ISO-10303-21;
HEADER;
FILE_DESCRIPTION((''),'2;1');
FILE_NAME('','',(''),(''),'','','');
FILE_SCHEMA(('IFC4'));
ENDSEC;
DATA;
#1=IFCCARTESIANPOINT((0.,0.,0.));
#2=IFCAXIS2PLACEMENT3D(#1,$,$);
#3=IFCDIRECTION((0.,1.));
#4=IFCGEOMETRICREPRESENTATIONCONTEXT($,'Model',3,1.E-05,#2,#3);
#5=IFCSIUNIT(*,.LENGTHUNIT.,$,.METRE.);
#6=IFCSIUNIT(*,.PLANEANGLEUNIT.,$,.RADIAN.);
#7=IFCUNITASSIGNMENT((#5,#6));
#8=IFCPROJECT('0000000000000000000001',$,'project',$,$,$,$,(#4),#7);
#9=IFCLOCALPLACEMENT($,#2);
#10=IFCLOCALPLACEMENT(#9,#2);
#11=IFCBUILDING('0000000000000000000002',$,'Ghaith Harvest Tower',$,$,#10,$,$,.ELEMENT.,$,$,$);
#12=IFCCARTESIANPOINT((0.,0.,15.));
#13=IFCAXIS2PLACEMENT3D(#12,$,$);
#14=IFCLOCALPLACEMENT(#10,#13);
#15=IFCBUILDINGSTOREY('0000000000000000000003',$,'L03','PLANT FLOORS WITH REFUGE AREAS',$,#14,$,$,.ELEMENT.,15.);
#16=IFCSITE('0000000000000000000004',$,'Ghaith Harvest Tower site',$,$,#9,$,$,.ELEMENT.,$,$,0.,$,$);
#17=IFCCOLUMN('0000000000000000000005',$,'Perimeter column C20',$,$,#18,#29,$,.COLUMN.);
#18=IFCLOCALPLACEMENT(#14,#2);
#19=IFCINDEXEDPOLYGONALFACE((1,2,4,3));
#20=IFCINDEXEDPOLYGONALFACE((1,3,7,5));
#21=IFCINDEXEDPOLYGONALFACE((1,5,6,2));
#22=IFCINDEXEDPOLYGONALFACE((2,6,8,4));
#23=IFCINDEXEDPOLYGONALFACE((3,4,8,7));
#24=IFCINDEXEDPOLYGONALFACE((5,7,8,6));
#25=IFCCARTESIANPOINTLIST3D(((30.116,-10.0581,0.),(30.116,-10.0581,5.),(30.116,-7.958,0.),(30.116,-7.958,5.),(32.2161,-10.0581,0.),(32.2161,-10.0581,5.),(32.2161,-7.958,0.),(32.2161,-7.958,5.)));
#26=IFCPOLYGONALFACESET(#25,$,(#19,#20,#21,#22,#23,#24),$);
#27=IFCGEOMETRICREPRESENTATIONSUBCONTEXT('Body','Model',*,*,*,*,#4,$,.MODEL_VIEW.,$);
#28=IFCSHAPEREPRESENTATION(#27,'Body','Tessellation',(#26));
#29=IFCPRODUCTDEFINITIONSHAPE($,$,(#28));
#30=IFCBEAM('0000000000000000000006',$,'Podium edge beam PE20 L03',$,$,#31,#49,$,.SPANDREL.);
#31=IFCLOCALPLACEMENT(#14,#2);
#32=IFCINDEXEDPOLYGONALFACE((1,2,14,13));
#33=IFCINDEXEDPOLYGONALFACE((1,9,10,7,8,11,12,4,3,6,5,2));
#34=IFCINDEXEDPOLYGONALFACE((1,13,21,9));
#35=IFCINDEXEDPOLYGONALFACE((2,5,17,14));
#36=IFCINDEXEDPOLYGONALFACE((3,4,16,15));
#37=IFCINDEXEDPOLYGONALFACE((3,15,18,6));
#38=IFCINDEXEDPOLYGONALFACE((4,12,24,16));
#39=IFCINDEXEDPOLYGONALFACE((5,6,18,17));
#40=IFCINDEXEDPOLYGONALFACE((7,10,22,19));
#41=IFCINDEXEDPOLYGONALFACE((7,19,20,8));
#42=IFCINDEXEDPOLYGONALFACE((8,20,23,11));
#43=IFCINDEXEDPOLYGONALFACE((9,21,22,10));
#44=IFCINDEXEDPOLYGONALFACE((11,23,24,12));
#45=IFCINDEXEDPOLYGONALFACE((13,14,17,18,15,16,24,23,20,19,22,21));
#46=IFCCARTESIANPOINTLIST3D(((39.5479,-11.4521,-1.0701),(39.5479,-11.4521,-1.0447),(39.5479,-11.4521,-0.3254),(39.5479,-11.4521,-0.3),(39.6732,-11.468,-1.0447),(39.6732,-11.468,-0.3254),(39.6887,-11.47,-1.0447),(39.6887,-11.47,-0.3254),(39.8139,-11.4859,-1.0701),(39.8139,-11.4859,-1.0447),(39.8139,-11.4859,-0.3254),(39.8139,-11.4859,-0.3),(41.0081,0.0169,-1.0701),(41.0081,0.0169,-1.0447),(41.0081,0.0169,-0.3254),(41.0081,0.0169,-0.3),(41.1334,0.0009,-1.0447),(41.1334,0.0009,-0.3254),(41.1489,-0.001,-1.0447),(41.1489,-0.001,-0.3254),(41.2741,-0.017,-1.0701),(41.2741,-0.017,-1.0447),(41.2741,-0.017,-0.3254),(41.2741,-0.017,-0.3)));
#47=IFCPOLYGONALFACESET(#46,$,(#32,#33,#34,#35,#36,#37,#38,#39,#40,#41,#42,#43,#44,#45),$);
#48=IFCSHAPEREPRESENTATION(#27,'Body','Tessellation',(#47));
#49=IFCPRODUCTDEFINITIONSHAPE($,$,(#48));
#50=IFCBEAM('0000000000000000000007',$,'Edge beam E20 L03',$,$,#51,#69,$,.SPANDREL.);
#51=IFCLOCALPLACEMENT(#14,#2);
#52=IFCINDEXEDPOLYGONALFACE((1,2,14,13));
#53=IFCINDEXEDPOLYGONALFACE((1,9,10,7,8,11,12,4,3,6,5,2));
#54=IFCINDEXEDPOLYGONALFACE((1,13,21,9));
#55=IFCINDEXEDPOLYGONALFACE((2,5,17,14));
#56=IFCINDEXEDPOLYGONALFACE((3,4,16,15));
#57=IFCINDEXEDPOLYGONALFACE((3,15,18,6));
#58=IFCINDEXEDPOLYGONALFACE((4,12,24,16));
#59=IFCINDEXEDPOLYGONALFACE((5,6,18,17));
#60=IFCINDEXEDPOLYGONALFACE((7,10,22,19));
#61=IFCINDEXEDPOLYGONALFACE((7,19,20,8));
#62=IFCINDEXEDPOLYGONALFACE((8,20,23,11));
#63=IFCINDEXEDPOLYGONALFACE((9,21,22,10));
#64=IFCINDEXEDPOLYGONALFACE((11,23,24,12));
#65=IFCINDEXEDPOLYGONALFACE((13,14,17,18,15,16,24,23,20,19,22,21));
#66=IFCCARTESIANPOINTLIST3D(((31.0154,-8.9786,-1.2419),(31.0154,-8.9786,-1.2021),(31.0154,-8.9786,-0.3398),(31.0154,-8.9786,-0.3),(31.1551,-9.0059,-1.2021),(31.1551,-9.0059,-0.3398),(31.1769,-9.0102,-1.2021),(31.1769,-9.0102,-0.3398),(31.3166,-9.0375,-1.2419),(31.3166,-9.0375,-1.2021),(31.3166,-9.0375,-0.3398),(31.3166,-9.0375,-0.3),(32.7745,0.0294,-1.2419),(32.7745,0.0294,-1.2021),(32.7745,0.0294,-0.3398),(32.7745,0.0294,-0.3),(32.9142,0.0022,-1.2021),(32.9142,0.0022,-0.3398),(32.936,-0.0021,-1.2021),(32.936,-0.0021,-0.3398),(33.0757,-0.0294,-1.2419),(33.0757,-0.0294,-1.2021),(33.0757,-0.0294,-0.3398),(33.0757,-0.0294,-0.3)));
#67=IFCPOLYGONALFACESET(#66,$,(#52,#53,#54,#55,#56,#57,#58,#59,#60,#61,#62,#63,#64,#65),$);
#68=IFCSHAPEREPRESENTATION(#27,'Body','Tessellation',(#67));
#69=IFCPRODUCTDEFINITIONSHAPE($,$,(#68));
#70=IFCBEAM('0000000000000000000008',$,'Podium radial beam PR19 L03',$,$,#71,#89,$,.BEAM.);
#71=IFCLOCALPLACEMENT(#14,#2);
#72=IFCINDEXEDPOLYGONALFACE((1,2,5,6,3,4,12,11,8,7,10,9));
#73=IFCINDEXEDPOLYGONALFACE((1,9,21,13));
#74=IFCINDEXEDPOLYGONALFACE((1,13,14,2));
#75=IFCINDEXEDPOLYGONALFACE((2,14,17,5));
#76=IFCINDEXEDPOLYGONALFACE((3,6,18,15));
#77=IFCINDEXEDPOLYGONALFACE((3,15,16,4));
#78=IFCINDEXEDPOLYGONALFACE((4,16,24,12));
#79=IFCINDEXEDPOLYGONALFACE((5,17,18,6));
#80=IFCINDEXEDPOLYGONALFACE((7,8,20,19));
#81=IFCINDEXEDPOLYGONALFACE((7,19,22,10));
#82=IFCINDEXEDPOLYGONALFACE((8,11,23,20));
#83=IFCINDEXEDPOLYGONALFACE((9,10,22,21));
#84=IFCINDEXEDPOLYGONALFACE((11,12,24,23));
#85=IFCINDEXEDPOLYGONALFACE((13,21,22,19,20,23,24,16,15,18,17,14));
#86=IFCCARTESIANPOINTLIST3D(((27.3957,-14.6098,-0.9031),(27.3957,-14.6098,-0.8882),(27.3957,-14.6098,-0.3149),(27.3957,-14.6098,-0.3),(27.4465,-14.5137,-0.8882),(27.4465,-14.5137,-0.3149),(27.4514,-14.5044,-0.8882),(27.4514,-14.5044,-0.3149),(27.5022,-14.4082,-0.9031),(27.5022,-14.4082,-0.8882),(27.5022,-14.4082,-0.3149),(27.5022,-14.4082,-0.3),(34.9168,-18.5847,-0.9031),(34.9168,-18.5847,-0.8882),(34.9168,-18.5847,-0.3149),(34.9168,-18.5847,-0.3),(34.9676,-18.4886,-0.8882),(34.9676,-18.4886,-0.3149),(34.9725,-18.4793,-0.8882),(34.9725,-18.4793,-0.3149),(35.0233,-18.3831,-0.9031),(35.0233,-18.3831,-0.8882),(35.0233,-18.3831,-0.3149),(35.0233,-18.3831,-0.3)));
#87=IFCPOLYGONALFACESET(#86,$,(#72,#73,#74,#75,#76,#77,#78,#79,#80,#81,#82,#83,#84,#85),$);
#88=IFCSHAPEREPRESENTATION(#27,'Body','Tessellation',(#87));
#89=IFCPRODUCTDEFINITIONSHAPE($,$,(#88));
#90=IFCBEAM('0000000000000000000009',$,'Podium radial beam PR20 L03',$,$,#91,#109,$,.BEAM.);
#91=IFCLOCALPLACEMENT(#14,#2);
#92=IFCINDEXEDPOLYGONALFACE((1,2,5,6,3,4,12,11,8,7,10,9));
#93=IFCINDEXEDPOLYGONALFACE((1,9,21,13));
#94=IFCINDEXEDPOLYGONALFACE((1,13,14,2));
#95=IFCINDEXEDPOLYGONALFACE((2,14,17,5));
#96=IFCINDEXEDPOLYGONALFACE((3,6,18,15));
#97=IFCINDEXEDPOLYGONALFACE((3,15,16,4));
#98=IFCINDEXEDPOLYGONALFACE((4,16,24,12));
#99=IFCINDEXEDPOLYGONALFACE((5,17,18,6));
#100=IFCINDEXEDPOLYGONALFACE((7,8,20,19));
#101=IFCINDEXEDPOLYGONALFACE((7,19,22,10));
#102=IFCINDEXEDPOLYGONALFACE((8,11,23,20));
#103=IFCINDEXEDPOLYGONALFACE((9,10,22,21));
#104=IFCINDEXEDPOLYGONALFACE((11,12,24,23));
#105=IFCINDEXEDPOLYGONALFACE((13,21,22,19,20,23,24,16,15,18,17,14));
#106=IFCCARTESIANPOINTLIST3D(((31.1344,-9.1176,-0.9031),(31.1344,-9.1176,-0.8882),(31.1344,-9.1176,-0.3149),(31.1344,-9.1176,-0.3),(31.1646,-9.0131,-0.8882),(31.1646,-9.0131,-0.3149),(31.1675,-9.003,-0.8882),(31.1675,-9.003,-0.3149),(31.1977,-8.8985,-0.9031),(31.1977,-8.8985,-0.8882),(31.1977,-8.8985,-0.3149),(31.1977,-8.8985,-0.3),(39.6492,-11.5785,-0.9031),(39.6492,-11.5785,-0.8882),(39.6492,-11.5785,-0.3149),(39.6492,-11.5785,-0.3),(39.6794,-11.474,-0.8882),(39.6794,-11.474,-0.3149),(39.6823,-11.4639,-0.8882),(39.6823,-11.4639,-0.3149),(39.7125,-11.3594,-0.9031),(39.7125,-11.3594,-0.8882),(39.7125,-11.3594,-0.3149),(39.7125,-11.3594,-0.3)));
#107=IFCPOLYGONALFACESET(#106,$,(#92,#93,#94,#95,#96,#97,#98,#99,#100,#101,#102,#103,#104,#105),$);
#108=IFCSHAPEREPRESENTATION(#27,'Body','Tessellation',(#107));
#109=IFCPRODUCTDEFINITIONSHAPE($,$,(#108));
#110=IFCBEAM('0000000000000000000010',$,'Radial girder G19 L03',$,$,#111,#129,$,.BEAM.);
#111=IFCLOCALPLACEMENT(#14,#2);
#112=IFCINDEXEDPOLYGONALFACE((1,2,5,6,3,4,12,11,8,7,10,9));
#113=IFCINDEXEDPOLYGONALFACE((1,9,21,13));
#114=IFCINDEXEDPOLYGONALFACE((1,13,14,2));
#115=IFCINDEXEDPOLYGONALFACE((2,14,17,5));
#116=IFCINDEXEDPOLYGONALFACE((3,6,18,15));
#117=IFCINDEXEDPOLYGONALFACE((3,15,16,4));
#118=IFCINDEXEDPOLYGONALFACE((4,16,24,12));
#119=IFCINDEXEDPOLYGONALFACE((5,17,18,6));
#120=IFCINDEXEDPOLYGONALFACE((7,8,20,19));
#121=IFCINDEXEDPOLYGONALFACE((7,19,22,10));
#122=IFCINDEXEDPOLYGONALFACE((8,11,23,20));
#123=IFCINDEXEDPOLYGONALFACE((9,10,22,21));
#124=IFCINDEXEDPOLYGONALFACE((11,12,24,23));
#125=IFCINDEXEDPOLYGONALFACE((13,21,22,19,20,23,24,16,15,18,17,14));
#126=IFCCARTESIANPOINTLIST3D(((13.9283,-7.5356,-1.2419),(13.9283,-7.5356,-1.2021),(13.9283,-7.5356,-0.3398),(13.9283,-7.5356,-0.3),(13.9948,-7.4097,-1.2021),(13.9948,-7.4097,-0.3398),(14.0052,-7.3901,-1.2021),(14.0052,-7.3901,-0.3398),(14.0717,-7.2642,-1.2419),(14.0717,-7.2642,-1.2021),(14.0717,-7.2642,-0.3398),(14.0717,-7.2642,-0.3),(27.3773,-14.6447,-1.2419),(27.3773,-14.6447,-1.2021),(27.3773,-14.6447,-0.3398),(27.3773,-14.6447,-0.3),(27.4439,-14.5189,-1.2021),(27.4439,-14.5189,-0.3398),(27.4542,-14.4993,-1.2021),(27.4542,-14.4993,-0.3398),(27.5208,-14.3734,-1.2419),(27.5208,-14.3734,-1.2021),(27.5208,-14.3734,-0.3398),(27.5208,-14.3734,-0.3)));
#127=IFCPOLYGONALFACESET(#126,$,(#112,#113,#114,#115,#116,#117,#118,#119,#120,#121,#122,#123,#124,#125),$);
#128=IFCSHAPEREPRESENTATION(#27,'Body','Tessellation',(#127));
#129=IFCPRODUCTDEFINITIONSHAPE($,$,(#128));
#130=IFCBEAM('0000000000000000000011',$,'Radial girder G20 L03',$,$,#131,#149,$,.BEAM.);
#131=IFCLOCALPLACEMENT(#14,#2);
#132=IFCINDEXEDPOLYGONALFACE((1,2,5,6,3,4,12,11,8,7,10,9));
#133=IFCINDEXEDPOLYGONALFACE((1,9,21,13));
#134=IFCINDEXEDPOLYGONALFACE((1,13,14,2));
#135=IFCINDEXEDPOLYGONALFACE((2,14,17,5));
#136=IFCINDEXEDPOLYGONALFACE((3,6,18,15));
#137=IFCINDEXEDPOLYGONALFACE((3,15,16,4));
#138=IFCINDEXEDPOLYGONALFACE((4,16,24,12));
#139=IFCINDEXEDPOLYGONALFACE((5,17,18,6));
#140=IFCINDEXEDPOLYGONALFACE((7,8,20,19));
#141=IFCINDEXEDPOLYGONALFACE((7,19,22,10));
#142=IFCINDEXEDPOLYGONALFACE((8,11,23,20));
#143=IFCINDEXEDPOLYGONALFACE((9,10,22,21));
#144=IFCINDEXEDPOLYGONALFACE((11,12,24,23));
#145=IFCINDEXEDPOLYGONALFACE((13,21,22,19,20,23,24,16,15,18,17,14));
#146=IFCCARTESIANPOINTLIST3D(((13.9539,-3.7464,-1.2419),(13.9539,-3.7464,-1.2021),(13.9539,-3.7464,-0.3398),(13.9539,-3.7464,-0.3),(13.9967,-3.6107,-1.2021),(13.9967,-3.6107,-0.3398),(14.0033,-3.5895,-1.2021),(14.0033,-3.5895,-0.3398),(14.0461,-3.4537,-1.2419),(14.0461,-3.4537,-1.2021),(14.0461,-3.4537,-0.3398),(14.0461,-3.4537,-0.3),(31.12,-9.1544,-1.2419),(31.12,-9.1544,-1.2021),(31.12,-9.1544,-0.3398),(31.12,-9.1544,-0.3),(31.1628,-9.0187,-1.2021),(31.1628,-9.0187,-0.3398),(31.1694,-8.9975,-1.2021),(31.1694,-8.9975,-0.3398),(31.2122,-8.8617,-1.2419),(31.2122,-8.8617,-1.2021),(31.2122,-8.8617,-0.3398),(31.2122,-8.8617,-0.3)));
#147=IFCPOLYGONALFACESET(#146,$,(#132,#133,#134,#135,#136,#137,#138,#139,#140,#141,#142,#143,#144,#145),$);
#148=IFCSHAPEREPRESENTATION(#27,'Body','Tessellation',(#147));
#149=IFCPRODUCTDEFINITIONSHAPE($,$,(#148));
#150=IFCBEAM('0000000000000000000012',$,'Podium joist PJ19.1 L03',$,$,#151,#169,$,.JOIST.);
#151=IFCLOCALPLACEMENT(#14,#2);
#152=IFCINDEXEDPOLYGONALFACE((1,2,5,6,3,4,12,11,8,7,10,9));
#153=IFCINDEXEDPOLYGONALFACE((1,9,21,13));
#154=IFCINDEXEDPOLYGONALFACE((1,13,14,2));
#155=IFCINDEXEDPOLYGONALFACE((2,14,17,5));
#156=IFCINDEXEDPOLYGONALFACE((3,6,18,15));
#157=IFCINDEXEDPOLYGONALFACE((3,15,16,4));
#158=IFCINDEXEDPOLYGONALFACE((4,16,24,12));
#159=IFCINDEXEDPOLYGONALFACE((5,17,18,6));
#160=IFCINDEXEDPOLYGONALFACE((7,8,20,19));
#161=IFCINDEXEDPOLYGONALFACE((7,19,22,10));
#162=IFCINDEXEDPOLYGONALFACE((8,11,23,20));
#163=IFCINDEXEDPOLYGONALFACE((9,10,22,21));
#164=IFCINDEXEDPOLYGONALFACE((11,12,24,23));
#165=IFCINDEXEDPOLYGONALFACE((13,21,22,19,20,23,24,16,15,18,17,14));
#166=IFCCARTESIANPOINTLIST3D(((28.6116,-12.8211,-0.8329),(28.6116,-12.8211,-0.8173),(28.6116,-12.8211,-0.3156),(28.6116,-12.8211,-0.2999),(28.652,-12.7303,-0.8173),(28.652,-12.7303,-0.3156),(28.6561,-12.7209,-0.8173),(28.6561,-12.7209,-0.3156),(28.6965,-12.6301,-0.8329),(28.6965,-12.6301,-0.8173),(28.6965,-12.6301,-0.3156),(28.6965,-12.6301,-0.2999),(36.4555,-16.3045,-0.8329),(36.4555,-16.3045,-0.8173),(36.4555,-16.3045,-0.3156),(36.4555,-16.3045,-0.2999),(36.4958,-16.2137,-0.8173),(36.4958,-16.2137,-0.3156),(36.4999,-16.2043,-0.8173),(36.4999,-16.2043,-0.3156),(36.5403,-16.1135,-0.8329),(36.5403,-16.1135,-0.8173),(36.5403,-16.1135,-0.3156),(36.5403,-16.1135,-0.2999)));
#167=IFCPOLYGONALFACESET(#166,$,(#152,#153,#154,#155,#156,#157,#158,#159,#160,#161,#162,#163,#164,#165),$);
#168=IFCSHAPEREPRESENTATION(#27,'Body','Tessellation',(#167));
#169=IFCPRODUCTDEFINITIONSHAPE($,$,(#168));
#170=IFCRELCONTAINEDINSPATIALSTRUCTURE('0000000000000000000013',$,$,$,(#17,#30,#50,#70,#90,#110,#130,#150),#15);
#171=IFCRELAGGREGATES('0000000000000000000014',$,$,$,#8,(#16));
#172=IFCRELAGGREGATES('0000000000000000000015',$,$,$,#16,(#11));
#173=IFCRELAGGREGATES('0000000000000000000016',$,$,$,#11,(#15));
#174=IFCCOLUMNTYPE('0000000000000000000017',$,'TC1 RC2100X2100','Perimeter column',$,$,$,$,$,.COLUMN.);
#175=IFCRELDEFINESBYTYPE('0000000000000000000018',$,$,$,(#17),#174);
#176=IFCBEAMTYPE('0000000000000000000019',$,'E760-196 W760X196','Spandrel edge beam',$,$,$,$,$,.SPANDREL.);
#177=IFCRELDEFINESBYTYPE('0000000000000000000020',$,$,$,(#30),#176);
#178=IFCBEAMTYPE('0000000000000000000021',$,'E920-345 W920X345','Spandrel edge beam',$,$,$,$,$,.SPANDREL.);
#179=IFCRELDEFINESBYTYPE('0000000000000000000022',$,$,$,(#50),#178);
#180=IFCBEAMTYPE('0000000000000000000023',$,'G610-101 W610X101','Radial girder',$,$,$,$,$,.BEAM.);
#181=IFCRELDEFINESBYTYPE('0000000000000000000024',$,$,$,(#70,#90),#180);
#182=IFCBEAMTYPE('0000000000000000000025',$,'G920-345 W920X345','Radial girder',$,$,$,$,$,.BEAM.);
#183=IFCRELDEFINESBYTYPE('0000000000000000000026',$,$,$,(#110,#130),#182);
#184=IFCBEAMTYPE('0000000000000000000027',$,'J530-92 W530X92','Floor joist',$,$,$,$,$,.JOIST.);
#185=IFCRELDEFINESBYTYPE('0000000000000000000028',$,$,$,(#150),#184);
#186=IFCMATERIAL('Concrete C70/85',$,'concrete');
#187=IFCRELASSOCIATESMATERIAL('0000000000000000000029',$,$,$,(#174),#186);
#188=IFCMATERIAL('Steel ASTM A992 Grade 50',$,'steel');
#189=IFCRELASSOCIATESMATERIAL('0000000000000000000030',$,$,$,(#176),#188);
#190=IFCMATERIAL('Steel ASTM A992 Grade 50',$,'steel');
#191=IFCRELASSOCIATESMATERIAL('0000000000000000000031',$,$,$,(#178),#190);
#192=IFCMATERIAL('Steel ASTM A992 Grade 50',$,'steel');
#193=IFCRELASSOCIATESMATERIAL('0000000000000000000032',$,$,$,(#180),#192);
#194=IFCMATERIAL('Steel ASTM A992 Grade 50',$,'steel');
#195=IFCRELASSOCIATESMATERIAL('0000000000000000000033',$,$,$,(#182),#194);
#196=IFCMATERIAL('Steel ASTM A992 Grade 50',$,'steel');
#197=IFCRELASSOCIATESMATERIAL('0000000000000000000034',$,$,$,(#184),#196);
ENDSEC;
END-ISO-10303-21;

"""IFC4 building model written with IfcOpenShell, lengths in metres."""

from ifc_helpers import new_model, si_unit, direction, frame, origin, origin_2d, place, context, subcontext, project, spatial, rectangle, i_section, extrude, material, material_profile, profile_set, type_object, element, save


model = new_model("IFC4")

# Units and contexts
model_context = context("Model", 3, precision=1e-05, world=origin(), true_north=direction((0.0, 1.0)))
body_context = subcontext(model_context, "Body", "Model", "MODEL_VIEW")
ifc_project = project(units=[si_unit("LENGTHUNIT", "METRE"), si_unit("PLANEANGLEUNIT", "RADIAN")], contexts=[model_context])

# Site, building, storey
site_placement = place(None, origin())
site = spatial("IfcSite", under=ifc_project, at=site_placement, Name="Ghaith Harvest Tower site", CompositionType="ELEMENT", RefElevation=0.0)
building_placement = place(site_placement, origin())
building = spatial("IfcBuilding", under=site, at=building_placement, Name="Ghaith Harvest Tower", CompositionType="ELEMENT")
storey_placement = place(building_placement, frame((0.0, 0.0, 15.0)))
storey = spatial("IfcBuildingStorey", under=building, at=storey_placement, Name="L03", Description="PLANT FLOORS WITH REFUGE AREAS", CompositionType="ELEMENT", Elevation=15.0)

# Column
ifc_material_1 = material(Name="Concrete C70/85", Category="concrete")
ifc_material_profile_1 = material_profile(ifc_material_1, rectangle(XDim=2.1001, YDim=2.1001, at=origin_2d()), Name="RC2100X2100")
ifc_profile_set_1 = profile_set([ifc_material_profile_1], Name="Concrete C70/85")
column_type = type_object("IfcColumnType", Name="TC1 RC2100X2100", Description="Perimeter column", PredefinedType="COLUMN", material=ifc_profile_set_1)
column_placement = place(storey_placement, frame((31.166, -9.0081, 0.0), z_axis=(0.0, 0.0, 1.0), x_axis=(1.0, 0.0, 0.0)))
element("IfcColumn", 1, at=column_placement, inside=storey, type_object=column_type, Name="Perimeter column C20", PredefinedType="COLUMN", context=body_context, shape_type="SweptSolid", body=[
    extrude(rectangle(XDim=2.1001, YDim=2.1001, at=origin_2d()), origin(), (0.0, 0.0, 1.0), 5.0),
])

# Beams
ifc_material_2 = material(Name="Steel ASTM A992 Grade 50", Category="steel")
ifc_material_profile_2 = material_profile(ifc_material_2, i_section(OverallWidth=0.2681, OverallDepth=0.77, WebThickness=0.0156, FlangeThickness=0.0254, at=origin_2d()), Name="W760X196")
ifc_profile_set_2 = profile_set([ifc_material_profile_2], Name="Steel ASTM A992 Grade 50")
beam_type_1 = type_object("IfcBeamType", Name="E760-196 W760X196", Description="Spandrel edge beam", PredefinedType="SPANDREL", material=ifc_profile_set_2)
beam_1_placement = place(storey_placement, frame((39.6809, -11.469, -0.6851), z_axis=(0.126298, 0.991992, 0.0), x_axis=(-0.991992, 0.126298, 0.0)))
element("IfcBeam", 2, at=beam_1_placement, inside=storey, type_object=beam_type_1, Name="Podium edge beam PE20 L03", PredefinedType="SPANDREL", context=body_context, shape_type="SweptSolid", body=[
    extrude(i_section(OverallWidth=0.2681, OverallDepth=0.77, WebThickness=0.0156, FlangeThickness=0.0254, at=origin_2d()), origin(), (0.0, 0.0, 1.0), 11.5615),
])
ifc_material_3 = material(Name="Steel ASTM A992 Grade 50", Category="steel")
ifc_material_profile_3 = material_profile(ifc_material_3, i_section(OverallWidth=0.3069, OverallDepth=0.9419, WebThickness=0.0222, FlangeThickness=0.0398, at=origin_2d()), Name="W920X345")
ifc_profile_set_3 = profile_set([ifc_material_profile_3], Name="Steel ASTM A992 Grade 50")
beam_type_2 = type_object("IfcBeamType", Name="E920-345 W920X345", Description="Spandrel edge beam", PredefinedType="SPANDREL", material=ifc_profile_set_3)
beam_2_placement = place(storey_placement, frame((31.166, -9.0081, -0.771), z_axis=(0.191653, 0.981463, 0.0), x_axis=(-0.981463, 0.191653, 0.0)))
element("IfcBeam", 3, at=beam_2_placement, inside=storey, type_object=beam_type_2, Name="Edge beam E20 L03", PredefinedType="SPANDREL", context=body_context, shape_type="SweptSolid", body=[
    extrude(i_section(OverallWidth=0.3069, OverallDepth=0.9419, WebThickness=0.0222, FlangeThickness=0.0398, at=origin_2d()), origin(), (0.0, 0.0, 1.0), 9.1782),
])
ifc_material_4 = material(Name="Steel ASTM A992 Grade 50", Category="steel")
ifc_material_profile_4 = material_profile(ifc_material_4, i_section(OverallWidth=0.228, OverallDepth=0.603, WebThickness=0.0105, FlangeThickness=0.0149, at=origin_2d()), Name="W610X101")
ifc_profile_set_4 = profile_set([ifc_material_profile_4], Name="Steel ASTM A992 Grade 50")
beam_type_3 = type_object("IfcBeamType", Name="G610-101 W610X101", Description="Radial girder", PredefinedType="BEAM", material=ifc_profile_set_4)
beam_3_placement = place(storey_placement, frame((27.449, -14.509, -0.6016), z_axis=(0.884121, -0.467259, 0.0), x_axis=(0.467259, 0.884121, 0.0)))
element("IfcBeam", 4, at=beam_3_placement, inside=storey, type_object=beam_type_3, Name="Podium radial beam PR19 L03", PredefinedType="BEAM", context=body_context, shape_type="SweptSolid", body=[
    extrude(i_section(OverallWidth=0.228, OverallDepth=0.603, WebThickness=0.0105, FlangeThickness=0.0149, at=origin_2d()), origin(), (0.0, 0.0, 1.0), 8.5068),
])
beam_4_placement = place(storey_placement, frame((31.166, -9.0081, -0.6016), z_axis=(0.960682, -0.277652, 0.0), x_axis=(0.277652, 0.960682, 0.0)))
element("IfcBeam", 5, at=beam_4_placement, inside=storey, type_object=beam_type_3, Name="Podium radial beam PR20 L03", PredefinedType="BEAM", context=body_context, shape_type="SweptSolid", body=[
    extrude(i_section(OverallWidth=0.228, OverallDepth=0.603, WebThickness=0.0105, FlangeThickness=0.0149, at=origin_2d()), origin(), (0.0, 0.0, 1.0), 8.8633),
])
ifc_material_5 = material(Name="Steel ASTM A992 Grade 50", Category="steel")
ifc_material_profile_5 = material_profile(ifc_material_5, i_section(OverallWidth=0.3069, OverallDepth=0.9419, WebThickness=0.0222, FlangeThickness=0.0398, at=origin_2d()), Name="W920X345")
ifc_profile_set_5 = profile_set([ifc_material_profile_5], Name="Steel ASTM A992 Grade 50")
beam_type_4 = type_object("IfcBeamType", Name="G920-345 W920X345", Description="Radial girder", PredefinedType="BEAM", material=ifc_profile_set_5)
beam_5_placement = place(storey_placement, frame((14.0, -7.3999, -0.771), z_axis=(0.884084, -0.467327, 0.0), x_axis=(0.467327, 0.884084, 0.0)))
element("IfcBeam", 6, at=beam_5_placement, inside=storey, type_object=beam_type_4, Name="Radial girder G19 L03", PredefinedType="BEAM", context=body_context, shape_type="SweptSolid", body=[
    extrude(i_section(OverallWidth=0.3069, OverallDepth=0.9419, WebThickness=0.0222, FlangeThickness=0.0398, at=origin_2d()), origin(), (0.0, 0.0, 1.0), 15.2124),
])
beam_6_placement = place(storey_placement, frame((14.0, -3.6001, -0.771), z_axis=(0.953788, -0.30048, 0.0), x_axis=(0.30048, 0.953788, 0.0)))
element("IfcBeam", 7, at=beam_6_placement, inside=storey, type_object=beam_type_4, Name="Radial girder G20 L03", PredefinedType="BEAM", context=body_context, shape_type="SweptSolid", body=[
    extrude(i_section(OverallWidth=0.3069, OverallDepth=0.9419, WebThickness=0.0222, FlangeThickness=0.0398, at=origin_2d()), origin(), (0.0, 0.0, 1.0), 17.9978),
])
ifc_material_6 = material(Name="Steel ASTM A992 Grade 50", Category="steel")
ifc_material_profile_6 = material_profile(ifc_material_6, i_section(OverallWidth=0.209, OverallDepth=0.533, WebThickness=0.0103, FlangeThickness=0.0156, at=origin_2d()), Name="W530X92")
ifc_profile_set_6 = profile_set([ifc_material_profile_6], Name="Steel ASTM A992 Grade 50")
beam_type_5 = type_object("IfcBeamType", Name="J530-92 W530X92", Description="Floor joist", PredefinedType="JOIST", material=ifc_profile_set_6)
beam_7_placement = place(storey_placement, frame((28.6541, -12.7256, -0.5664), z_axis=(0.913929, -0.405875, 0.0), x_axis=(0.405875, 0.913929, 0.0)))
element("IfcBeam", 8, at=beam_7_placement, inside=storey, type_object=beam_type_5, Name="Podium joist PJ19.1 L03", PredefinedType="JOIST", context=body_context, shape_type="SweptSolid", body=[
    extrude(i_section(OverallWidth=0.209, OverallDepth=0.533, WebThickness=0.0103, FlangeThickness=0.0156, at=origin_2d()), origin(), (0.0, 0.0, 1.0), 8.5825),
])

save(model, "model.ifc")
